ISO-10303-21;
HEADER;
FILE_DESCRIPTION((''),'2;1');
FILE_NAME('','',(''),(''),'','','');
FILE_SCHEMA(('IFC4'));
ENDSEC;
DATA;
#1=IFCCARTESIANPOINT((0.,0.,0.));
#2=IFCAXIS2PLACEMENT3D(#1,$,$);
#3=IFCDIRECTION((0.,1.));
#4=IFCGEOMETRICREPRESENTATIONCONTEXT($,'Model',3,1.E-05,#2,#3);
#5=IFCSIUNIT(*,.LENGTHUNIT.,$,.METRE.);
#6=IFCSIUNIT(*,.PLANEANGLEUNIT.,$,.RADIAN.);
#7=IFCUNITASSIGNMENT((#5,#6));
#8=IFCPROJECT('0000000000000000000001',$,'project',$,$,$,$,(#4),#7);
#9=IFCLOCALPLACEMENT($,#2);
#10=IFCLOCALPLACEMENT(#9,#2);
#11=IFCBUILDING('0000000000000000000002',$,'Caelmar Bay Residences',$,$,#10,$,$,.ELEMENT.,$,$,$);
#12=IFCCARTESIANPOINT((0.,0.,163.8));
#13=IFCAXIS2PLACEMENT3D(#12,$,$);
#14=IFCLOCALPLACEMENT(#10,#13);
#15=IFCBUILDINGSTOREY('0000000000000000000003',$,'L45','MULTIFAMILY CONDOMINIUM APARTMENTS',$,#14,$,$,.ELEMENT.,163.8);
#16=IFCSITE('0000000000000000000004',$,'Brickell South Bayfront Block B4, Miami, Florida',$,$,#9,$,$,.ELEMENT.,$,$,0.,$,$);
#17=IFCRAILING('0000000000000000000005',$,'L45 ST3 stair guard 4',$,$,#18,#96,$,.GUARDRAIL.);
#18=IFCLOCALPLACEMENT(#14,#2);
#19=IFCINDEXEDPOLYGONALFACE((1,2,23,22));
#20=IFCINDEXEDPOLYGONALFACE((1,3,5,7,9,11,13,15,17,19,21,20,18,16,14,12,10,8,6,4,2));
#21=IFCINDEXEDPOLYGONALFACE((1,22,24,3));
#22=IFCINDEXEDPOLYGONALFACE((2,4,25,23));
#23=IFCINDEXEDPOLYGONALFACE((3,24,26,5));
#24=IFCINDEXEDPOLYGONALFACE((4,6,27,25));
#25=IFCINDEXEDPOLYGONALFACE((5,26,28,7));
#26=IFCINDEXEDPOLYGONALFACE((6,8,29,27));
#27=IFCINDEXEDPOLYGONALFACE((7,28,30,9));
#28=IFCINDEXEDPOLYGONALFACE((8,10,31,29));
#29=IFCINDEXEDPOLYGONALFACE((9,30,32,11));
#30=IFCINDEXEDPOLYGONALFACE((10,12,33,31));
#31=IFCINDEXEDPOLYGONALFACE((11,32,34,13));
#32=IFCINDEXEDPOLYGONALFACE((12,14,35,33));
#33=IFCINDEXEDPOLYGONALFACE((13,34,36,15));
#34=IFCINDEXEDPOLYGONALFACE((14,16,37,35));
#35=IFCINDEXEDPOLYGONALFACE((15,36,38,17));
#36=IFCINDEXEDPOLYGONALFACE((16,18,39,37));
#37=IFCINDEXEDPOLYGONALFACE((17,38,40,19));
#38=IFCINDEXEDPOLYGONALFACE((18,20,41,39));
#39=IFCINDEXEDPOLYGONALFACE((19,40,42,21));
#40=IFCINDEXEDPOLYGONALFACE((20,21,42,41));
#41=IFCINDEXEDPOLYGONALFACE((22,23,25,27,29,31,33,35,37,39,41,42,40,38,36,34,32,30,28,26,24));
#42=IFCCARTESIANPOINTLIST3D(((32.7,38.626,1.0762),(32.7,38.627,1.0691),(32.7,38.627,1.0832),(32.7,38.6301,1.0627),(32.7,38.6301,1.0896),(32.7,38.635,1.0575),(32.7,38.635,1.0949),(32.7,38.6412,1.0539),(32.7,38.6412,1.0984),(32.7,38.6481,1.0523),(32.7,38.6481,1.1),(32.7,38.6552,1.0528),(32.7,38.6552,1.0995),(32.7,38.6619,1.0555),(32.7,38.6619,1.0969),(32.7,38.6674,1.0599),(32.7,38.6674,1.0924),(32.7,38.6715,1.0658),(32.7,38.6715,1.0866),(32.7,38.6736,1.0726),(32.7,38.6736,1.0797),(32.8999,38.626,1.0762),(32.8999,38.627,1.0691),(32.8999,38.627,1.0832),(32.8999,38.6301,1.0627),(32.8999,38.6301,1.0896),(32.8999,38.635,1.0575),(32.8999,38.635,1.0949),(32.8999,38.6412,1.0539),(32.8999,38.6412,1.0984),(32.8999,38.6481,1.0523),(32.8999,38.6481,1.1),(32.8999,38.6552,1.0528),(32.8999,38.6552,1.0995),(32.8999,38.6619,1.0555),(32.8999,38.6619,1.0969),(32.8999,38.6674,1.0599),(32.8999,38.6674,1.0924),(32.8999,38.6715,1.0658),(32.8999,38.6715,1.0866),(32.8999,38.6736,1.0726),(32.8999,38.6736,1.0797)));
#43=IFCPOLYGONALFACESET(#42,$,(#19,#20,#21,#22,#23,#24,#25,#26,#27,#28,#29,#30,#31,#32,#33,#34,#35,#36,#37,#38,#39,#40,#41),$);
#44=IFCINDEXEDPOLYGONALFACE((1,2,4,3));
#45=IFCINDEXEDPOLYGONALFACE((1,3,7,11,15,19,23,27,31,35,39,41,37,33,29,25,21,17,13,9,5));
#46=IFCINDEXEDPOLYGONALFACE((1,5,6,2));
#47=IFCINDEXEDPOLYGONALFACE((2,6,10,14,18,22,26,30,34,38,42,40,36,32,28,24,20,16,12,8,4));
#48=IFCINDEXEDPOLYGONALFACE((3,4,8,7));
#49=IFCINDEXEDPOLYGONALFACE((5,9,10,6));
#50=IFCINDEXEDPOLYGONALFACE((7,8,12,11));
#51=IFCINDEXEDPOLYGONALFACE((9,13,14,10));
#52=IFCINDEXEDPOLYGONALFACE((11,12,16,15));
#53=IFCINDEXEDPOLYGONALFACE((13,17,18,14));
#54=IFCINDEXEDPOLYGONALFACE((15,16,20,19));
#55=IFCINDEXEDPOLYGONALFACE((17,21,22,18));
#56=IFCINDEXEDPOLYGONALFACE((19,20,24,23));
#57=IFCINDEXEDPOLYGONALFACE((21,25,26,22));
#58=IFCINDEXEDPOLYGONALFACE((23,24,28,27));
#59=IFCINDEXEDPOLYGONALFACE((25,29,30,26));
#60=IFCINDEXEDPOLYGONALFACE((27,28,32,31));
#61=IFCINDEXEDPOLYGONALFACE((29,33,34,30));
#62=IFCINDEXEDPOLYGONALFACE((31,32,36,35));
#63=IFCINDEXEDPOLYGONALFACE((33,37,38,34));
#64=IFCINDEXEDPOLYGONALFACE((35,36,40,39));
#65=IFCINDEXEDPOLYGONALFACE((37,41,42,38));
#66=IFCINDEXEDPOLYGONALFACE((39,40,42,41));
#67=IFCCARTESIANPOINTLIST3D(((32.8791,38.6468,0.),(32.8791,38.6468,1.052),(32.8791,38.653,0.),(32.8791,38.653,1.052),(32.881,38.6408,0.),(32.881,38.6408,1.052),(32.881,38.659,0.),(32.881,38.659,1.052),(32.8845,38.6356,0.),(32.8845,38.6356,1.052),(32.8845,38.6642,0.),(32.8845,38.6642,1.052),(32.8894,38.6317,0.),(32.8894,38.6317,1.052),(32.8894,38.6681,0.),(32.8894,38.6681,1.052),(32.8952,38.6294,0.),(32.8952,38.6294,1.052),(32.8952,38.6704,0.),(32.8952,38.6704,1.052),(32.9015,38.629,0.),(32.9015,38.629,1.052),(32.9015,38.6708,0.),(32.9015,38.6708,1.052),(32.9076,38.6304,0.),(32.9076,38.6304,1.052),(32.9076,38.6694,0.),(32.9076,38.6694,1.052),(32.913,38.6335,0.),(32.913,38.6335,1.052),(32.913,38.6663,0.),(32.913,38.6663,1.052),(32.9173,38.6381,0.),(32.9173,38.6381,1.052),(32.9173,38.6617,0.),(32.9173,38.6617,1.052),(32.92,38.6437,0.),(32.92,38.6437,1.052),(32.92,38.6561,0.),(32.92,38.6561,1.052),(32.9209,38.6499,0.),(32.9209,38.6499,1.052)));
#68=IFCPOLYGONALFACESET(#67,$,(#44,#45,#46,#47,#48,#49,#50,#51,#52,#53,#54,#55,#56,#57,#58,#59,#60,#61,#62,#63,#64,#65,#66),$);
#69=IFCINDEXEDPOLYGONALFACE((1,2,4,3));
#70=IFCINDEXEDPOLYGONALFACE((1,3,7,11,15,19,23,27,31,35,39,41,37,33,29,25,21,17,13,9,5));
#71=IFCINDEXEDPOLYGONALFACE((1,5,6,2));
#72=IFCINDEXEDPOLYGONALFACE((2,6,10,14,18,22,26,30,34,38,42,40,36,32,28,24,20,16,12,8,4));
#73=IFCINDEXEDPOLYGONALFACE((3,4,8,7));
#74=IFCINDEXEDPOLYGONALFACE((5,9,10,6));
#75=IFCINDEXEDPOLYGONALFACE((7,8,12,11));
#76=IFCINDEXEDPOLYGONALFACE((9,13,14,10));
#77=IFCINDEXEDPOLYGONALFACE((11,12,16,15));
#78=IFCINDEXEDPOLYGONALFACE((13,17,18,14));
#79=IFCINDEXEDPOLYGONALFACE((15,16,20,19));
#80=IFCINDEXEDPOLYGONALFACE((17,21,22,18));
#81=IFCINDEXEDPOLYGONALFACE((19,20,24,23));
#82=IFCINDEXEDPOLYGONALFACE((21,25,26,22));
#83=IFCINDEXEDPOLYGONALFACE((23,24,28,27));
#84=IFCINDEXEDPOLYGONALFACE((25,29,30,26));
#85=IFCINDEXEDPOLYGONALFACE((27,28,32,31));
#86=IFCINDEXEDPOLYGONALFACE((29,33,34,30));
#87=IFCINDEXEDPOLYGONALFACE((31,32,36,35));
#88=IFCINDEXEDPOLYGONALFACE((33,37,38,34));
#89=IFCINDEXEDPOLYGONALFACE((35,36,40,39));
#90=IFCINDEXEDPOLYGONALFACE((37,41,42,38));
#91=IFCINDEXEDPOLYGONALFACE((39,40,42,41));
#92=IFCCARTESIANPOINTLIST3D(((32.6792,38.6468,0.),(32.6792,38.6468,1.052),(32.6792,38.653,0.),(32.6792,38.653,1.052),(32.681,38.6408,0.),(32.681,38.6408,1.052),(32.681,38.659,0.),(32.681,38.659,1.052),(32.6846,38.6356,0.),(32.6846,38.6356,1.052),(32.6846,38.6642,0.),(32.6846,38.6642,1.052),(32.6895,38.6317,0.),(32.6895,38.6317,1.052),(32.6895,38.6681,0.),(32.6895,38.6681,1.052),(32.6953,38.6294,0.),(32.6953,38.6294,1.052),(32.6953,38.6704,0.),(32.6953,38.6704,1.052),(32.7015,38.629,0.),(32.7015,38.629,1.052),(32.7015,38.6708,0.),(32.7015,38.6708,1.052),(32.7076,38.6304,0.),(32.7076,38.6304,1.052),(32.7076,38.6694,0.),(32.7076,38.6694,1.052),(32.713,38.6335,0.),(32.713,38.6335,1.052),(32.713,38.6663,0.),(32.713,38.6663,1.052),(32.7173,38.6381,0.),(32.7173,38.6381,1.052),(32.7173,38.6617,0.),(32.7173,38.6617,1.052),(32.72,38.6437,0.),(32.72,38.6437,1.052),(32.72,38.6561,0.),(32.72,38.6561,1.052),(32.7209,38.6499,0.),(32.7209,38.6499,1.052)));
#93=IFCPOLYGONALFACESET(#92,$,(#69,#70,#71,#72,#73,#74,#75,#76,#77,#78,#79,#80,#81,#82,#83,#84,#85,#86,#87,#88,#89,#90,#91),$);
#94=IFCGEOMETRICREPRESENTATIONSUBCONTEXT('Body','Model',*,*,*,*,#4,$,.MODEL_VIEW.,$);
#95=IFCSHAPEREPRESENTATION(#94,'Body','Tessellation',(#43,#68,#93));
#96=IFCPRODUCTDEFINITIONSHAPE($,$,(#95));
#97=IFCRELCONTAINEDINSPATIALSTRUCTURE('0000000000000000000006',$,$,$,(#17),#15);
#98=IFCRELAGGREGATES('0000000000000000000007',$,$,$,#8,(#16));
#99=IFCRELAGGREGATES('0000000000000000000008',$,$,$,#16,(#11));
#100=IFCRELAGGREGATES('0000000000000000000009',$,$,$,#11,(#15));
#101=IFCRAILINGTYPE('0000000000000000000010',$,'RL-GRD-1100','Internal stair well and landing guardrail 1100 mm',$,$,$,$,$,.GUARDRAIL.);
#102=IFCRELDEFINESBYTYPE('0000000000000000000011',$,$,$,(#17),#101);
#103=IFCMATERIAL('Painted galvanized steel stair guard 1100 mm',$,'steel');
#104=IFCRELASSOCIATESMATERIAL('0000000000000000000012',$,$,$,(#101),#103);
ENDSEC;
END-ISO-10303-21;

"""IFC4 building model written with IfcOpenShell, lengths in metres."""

from ifc_helpers import new_model, si_unit, direction, frame, origin, origin_2d, place, context, subcontext, project, spatial, circle, extrude, material, type_object, element, save


model = new_model("IFC4")

# Units and contexts
model_context = context("Model", 3, precision=1e-05, world=origin(), true_north=direction((0.0, 1.0)))
body_context = subcontext(model_context, "Body", "Model", "MODEL_VIEW")
ifc_project = project(units=[si_unit("LENGTHUNIT", "METRE"), si_unit("PLANEANGLEUNIT", "RADIAN")], contexts=[model_context])

# Site, building, storey
site_placement = place(None, origin())
site = spatial("IfcSite", under=ifc_project, at=site_placement, Name="Brickell South Bayfront Block B4, Miami, Florida", CompositionType="ELEMENT", RefElevation=0.0)
building_placement = place(site_placement, origin())
building = spatial("IfcBuilding", under=site, at=building_placement, Name="Caelmar Bay Residences", CompositionType="ELEMENT")
storey_placement = place(building_placement, frame((0.0, 0.0, 163.8)))
storey = spatial("IfcBuildingStorey", under=building, at=storey_placement, Name="L45", Description="MULTIFAMILY CONDOMINIUM APARTMENTS", CompositionType="ELEMENT", Elevation=163.8)

# Railing
ifc_material_1 = material(Name="Painted galvanized steel stair guard 1100 mm", Category="steel")
railing_type_1 = type_object("IfcRailingType", Name="RL-GRD-1100", Description="Internal stair well and landing guardrail 1100 mm", PredefinedType="GUARDRAIL", material=ifc_material_1)
railing_1_placement = place(storey_placement, frame((32.8999, 38.6499, 0.0)))
element("IfcRailing", 1, at=railing_1_placement, inside=storey, type_object=railing_type_1, Name="L45 ST3 stair guard 4", PredefinedType="GUARDRAIL", context=body_context, shape_type="SweptSolid", body=[
    extrude(circle(Radius=0.0239, at=origin_2d()), frame((0.0, 0.0, 1.0762), z_axis=(-1.0, 0.0, 0.0), x_axis=(0.0, -1.0, 0.0)), (0.0, 0.0, 1.0), 0.2),
    extrude(circle(Radius=0.021, at=origin_2d()), origin(), (0.0, 0.0, 1.0), 1.052),
    extrude(circle(Radius=0.021, at=origin_2d()), frame((-0.2, 0.0, 0.0)), (0.0, 0.0, 1.0), 1.052),
])

save(model, "model.ifc")
